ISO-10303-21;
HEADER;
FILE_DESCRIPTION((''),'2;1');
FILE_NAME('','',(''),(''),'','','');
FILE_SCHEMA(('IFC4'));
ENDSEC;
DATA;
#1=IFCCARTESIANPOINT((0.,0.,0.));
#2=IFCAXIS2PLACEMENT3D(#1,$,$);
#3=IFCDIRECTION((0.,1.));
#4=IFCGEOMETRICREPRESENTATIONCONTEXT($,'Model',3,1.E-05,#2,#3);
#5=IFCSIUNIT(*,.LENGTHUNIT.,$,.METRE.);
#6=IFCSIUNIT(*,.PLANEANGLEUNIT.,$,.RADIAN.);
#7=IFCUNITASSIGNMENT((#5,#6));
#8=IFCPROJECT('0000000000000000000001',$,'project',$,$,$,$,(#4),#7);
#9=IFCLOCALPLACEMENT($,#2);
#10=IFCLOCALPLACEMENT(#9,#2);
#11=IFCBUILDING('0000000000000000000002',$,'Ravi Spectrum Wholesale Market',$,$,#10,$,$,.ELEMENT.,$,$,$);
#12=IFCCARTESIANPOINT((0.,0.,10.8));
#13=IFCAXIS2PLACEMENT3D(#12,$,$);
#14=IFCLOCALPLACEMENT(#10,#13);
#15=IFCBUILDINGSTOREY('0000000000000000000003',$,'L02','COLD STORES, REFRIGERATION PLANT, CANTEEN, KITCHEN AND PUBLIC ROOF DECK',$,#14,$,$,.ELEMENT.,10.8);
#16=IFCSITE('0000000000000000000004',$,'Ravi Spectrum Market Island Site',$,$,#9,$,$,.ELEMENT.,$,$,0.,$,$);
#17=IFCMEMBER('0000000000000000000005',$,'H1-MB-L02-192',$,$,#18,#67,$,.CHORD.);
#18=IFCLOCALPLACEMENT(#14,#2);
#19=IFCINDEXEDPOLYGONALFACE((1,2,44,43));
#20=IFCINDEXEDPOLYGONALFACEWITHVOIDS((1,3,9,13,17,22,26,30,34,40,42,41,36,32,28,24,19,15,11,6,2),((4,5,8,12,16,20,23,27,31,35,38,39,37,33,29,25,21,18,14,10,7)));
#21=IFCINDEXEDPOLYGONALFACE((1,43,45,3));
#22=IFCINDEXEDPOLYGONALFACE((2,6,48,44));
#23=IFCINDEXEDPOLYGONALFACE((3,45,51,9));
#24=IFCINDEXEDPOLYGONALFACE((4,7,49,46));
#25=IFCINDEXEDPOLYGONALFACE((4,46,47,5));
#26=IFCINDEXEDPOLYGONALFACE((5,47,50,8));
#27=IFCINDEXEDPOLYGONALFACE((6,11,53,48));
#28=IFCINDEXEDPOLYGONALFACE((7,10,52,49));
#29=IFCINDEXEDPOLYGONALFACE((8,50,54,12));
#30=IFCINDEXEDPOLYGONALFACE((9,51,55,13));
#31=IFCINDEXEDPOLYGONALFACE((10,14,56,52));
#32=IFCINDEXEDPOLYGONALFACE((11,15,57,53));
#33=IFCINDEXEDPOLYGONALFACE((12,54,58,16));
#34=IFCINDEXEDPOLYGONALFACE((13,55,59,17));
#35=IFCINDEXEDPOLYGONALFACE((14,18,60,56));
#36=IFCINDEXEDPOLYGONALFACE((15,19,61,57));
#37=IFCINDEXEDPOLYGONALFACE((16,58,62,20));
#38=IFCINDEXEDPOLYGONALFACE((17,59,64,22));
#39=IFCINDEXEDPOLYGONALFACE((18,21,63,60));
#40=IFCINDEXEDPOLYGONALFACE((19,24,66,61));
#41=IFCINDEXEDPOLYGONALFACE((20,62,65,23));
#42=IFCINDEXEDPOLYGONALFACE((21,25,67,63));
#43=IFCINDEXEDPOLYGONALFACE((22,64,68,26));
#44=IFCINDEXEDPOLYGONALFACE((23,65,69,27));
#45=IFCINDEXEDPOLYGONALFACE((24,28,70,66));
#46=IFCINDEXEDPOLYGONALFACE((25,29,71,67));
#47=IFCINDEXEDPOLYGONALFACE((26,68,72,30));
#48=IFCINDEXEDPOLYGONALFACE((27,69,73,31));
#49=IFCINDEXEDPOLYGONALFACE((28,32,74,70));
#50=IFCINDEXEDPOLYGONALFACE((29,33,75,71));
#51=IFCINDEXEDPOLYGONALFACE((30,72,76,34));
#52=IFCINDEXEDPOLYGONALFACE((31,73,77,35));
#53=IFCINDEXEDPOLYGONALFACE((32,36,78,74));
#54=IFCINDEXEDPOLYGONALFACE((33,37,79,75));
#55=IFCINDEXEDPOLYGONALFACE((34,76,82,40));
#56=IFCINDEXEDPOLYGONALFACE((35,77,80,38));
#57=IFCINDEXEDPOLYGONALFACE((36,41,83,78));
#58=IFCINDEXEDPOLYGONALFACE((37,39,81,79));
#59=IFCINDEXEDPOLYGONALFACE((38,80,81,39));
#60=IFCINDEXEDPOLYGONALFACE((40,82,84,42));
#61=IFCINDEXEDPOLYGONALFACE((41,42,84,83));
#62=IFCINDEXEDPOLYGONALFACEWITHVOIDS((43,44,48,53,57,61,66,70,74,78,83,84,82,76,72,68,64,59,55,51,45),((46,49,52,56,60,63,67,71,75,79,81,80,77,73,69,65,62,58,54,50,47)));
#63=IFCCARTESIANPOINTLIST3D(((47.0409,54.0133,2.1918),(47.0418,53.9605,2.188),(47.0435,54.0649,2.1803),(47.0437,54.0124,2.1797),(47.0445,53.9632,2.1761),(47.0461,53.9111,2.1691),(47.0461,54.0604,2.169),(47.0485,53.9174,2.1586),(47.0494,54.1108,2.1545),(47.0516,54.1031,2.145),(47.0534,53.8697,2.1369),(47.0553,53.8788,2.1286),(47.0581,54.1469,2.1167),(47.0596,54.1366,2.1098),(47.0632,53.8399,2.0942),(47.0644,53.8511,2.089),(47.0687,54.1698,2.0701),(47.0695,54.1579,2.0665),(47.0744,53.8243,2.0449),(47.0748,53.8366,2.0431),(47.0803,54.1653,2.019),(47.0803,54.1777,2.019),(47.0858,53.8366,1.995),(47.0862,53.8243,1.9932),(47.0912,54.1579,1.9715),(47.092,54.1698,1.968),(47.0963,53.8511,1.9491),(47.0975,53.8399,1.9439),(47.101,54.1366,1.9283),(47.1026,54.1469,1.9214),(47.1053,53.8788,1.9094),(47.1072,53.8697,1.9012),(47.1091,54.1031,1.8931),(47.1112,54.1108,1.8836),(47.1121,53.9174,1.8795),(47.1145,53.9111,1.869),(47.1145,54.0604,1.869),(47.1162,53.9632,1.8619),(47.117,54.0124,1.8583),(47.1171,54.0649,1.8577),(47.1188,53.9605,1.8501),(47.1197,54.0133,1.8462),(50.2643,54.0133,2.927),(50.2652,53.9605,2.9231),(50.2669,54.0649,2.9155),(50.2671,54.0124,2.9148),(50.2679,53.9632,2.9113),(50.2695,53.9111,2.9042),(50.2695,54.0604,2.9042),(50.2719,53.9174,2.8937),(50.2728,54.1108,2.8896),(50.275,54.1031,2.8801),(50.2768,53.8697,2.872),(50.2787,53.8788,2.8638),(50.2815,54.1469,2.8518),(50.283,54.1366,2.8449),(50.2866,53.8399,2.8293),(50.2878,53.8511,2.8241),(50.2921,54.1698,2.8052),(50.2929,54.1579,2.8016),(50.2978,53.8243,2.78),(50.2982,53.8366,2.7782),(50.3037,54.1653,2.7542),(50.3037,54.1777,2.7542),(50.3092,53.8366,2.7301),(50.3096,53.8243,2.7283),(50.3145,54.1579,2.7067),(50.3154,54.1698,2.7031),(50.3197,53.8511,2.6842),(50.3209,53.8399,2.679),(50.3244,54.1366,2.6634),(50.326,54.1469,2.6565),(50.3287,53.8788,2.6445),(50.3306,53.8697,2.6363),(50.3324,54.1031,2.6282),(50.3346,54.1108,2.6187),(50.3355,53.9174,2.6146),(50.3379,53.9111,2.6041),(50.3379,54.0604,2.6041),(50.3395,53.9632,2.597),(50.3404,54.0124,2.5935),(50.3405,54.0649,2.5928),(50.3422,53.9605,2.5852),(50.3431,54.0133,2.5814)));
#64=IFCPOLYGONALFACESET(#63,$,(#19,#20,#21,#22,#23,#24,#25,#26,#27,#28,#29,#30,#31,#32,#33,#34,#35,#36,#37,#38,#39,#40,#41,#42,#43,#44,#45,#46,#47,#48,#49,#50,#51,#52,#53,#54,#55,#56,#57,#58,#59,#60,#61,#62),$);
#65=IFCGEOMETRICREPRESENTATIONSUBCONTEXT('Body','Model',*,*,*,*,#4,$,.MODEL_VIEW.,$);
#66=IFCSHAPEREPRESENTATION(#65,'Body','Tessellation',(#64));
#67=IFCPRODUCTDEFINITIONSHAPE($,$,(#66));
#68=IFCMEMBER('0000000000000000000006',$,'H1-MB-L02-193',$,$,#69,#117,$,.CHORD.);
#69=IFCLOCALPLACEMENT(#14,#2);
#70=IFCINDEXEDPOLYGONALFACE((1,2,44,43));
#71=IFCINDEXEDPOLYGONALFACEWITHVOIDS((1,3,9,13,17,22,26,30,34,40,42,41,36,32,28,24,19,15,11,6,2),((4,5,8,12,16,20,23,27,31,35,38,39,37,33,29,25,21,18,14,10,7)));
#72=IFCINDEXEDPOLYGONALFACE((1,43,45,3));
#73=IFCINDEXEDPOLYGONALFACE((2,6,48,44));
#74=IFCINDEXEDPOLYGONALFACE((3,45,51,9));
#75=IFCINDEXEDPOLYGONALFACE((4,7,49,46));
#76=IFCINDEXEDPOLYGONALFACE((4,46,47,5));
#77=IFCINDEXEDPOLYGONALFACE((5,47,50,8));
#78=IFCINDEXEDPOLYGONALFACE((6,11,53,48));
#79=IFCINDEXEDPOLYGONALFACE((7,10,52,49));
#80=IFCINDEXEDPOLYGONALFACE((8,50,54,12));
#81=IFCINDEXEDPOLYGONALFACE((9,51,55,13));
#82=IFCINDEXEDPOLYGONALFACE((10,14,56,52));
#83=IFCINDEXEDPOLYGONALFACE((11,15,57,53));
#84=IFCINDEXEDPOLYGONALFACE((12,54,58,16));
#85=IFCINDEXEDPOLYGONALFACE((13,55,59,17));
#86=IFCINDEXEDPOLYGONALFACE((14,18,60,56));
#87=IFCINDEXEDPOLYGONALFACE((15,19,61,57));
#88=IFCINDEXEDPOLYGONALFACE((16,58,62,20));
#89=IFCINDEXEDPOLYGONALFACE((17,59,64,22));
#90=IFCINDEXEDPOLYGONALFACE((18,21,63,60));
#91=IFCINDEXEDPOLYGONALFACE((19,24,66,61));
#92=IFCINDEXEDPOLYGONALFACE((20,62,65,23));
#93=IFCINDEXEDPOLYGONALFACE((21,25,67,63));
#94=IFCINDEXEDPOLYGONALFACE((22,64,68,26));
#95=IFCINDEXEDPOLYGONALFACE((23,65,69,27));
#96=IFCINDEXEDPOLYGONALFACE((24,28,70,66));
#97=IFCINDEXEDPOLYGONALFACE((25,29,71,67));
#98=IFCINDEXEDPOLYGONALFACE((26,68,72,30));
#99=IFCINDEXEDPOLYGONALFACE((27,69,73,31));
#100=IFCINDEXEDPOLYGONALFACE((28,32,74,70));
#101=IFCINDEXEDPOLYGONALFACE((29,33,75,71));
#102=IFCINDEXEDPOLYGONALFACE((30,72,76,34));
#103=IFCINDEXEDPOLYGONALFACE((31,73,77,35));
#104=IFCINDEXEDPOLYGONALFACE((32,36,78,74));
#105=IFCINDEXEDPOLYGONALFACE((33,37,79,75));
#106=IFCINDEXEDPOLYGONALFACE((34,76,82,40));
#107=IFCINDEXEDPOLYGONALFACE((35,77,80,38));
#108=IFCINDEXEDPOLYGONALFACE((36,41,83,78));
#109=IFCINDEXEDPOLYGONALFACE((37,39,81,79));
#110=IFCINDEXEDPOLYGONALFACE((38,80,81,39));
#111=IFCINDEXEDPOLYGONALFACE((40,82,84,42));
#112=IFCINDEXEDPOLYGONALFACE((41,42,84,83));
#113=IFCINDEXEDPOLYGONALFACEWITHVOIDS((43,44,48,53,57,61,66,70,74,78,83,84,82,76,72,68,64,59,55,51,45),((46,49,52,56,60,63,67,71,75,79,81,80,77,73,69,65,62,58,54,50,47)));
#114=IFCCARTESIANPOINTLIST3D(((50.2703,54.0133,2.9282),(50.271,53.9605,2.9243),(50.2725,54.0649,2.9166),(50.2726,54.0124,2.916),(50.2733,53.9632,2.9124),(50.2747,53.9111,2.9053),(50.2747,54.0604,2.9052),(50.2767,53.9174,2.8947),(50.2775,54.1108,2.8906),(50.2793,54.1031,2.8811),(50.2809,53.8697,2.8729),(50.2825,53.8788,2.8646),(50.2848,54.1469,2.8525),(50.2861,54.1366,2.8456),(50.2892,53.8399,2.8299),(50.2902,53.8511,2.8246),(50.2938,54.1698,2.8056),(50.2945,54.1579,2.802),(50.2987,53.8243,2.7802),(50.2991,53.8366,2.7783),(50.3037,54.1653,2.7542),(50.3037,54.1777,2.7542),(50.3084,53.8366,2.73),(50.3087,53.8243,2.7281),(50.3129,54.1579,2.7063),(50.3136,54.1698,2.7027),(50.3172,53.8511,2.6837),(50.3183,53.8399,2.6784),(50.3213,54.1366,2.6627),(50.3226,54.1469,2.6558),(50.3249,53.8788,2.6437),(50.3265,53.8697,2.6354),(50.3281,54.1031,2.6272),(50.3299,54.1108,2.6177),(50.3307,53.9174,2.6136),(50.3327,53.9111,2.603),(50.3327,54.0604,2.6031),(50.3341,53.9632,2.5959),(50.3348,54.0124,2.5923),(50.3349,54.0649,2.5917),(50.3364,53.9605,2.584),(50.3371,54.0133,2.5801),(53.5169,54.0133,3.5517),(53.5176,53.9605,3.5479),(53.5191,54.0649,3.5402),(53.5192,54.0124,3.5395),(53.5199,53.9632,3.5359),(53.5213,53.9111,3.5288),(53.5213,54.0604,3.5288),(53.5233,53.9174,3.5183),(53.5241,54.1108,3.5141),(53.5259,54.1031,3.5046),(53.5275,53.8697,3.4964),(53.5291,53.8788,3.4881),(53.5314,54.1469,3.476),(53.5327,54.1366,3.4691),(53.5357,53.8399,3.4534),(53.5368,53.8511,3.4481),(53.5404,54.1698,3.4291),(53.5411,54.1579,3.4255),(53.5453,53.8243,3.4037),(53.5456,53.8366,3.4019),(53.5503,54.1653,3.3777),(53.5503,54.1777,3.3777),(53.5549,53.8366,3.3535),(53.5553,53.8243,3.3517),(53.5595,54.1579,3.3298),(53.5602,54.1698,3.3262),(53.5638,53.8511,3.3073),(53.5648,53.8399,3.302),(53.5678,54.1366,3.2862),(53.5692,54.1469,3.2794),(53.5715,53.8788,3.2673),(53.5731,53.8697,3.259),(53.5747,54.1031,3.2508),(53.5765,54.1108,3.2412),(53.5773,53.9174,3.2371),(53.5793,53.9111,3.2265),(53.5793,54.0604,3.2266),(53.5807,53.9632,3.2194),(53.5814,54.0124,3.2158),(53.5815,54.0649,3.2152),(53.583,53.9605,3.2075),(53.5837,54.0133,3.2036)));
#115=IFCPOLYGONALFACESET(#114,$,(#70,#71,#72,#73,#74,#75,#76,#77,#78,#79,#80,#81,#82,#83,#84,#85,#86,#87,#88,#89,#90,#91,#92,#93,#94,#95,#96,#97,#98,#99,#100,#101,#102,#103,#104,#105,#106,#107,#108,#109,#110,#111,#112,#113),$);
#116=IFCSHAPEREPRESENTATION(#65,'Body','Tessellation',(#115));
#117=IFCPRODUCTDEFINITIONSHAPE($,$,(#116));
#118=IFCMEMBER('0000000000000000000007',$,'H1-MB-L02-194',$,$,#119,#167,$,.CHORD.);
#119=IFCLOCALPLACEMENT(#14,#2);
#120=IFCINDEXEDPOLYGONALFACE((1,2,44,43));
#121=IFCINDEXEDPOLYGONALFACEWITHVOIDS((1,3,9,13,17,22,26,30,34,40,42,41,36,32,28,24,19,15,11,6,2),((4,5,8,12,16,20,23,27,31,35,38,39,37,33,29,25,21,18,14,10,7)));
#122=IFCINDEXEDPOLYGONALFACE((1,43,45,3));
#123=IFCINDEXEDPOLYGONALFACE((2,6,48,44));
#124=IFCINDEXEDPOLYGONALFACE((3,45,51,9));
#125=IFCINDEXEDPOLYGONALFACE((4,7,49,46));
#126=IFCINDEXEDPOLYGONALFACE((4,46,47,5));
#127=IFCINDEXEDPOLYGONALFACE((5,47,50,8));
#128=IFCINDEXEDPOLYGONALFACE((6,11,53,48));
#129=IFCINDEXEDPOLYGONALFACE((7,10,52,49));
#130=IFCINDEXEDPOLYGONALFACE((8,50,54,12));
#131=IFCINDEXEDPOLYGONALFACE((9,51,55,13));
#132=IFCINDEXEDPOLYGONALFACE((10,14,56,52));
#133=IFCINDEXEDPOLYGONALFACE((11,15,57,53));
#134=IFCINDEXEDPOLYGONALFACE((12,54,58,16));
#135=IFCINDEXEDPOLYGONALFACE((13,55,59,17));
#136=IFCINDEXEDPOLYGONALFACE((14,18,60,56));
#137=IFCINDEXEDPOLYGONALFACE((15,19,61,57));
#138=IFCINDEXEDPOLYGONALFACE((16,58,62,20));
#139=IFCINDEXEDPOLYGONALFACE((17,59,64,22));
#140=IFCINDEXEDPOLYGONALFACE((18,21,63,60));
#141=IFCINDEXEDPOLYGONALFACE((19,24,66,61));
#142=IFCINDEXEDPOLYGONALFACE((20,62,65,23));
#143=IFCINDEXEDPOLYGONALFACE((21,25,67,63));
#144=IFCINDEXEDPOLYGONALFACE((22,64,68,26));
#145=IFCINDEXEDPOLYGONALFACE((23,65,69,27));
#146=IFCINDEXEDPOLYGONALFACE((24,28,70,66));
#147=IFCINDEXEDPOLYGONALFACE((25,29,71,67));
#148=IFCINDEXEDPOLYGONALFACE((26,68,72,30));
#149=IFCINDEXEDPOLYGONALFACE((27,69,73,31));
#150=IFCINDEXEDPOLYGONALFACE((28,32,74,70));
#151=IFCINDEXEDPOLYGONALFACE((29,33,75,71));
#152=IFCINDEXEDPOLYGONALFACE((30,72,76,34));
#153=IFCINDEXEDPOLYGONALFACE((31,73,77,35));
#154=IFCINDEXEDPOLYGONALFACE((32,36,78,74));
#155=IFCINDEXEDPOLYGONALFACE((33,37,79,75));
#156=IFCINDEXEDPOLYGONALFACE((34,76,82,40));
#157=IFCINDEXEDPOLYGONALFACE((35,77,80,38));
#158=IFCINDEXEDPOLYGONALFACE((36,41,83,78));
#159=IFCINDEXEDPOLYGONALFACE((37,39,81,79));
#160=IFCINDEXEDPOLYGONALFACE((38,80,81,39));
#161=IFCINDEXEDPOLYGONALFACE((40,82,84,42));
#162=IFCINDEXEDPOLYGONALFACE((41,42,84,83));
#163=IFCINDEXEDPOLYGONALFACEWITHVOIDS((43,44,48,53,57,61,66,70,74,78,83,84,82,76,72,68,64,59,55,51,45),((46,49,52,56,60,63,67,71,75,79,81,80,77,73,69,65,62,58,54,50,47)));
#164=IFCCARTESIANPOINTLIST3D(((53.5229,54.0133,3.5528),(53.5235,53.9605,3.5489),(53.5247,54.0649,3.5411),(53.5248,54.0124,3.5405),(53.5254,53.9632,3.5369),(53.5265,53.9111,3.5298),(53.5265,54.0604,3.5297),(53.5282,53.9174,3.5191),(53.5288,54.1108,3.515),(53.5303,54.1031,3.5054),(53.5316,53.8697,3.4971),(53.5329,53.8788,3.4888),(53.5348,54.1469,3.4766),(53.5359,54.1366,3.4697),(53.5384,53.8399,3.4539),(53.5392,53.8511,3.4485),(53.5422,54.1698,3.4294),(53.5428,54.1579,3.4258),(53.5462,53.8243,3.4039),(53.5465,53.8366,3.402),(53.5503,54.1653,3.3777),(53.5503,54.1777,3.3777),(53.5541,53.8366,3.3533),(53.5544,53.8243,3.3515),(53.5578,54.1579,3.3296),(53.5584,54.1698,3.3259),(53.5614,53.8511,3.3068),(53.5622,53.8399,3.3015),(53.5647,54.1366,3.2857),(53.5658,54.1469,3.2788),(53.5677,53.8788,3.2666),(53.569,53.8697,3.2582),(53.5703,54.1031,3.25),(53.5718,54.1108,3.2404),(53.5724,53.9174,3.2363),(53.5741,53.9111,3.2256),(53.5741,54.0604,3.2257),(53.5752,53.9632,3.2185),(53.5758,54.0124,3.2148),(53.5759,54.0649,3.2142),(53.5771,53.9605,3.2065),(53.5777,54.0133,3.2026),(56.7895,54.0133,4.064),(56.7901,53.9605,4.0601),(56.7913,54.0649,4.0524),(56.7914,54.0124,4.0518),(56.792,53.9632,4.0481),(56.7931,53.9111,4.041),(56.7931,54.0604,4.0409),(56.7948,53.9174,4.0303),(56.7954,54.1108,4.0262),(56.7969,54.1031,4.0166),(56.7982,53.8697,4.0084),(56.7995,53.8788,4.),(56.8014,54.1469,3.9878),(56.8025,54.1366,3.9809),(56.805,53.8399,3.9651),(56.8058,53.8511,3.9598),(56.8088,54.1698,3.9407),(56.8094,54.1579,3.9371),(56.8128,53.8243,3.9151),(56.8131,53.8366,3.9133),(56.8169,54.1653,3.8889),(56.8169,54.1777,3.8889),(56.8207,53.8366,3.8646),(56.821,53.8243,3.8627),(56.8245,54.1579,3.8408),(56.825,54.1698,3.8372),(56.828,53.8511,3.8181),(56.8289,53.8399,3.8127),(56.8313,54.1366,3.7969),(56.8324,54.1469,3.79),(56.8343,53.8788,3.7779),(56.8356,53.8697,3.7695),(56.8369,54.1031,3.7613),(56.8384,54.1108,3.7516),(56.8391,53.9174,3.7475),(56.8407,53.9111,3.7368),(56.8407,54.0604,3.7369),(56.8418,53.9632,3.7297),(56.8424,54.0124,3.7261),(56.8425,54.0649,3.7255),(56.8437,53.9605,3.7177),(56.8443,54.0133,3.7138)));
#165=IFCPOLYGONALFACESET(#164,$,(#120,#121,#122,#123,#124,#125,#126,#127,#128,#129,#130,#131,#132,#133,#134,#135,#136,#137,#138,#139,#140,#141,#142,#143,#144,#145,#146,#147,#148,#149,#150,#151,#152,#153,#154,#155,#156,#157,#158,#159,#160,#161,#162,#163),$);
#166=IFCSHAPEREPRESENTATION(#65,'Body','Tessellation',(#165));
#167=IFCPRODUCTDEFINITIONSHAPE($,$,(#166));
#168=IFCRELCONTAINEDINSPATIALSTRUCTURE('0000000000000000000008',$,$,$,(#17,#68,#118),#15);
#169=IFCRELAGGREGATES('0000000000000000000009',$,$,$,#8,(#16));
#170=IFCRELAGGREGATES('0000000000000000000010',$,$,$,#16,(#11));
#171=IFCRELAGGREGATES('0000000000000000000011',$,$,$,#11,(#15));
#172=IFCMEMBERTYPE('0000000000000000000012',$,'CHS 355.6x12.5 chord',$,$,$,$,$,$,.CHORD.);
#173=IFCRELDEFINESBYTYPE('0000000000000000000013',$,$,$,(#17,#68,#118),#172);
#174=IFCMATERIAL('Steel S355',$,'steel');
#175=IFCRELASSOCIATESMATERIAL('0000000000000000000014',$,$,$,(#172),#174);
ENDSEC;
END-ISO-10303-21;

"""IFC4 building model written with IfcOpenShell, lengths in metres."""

from ifc_helpers import new_model, si_unit, direction, frame, origin, origin_2d, place, context, subcontext, project, spatial, hollow_circle, extrude, material, material_profile, profile_set, type_object, element, save


model = new_model("IFC4")

# Units and contexts
model_context = context("Model", 3, precision=1e-05, world=origin(), true_north=direction((0.0, 1.0)))
body_context = subcontext(model_context, "Body", "Model", "MODEL_VIEW")
ifc_project = project(units=[si_unit("LENGTHUNIT", "METRE"), si_unit("PLANEANGLEUNIT", "RADIAN")], contexts=[model_context])

# Site, building, storey
site_placement = place(None, origin())
site = spatial("IfcSite", under=ifc_project, at=site_placement, Name="Ravi Spectrum Market Island Site", CompositionType="ELEMENT", RefElevation=0.0)
building_placement = place(site_placement, origin())
building = spatial("IfcBuilding", under=site, at=building_placement, Name="Ravi Spectrum Wholesale Market", CompositionType="ELEMENT")
storey_placement = place(building_placement, frame((0.0, 0.0, 10.8)))
storey = spatial("IfcBuildingStorey", under=building, at=storey_placement, Name="L02", Description="COLD STORES, REFRIGERATION PLANT, CANTEEN, KITCHEN AND PUBLIC ROOF DECK", CompositionType="ELEMENT", Elevation=10.8)

# Members
ifc_material_1 = material(Name="Steel S355", Category="steel")
ifc_material_profile_1 = material_profile(ifc_material_1, hollow_circle(Radius=0.1777, WallThickness=0.0125, at=origin_2d()))
ifc_profile_set_1 = profile_set([ifc_material_profile_1], Name="Steel S355")
member_type_1 = type_object("IfcMemberType", Name="CHS 355.6x12.5 chord", PredefinedType="CHORD", material=ifc_profile_set_1)
for number, where, z_axis, x_axis, name in (
    (1, (47.0803, 54.0, 2.019), (0.974968, 0.0, 0.222346), (0.0, 1.0, 0.0), "H1-MB-L02-192"),
):
    element("IfcMember", number, at=place(storey_placement, frame(where, z_axis=z_axis, x_axis=x_axis)), inside=storey, type_object=member_type_1, Name=name, PredefinedType="CHORD", context=body_context, shape_type="SweptSolid", body=[
        extrude(hollow_circle(Radius=0.1777, WallThickness=0.0125, at=origin_2d()), origin(), (0.0, 0.0, 1.0), 3.3062),
    ])
member_1_placement = place(storey_placement, frame((50.3037, 54.0, 2.7542), z_axis=(0.982052, 0.0, 0.188612), x_axis=(0.0, 1.0, 0.0)))
element("IfcMember", 2, at=member_1_placement, inside=storey, type_object=member_type_1, Name="H1-MB-L02-193", PredefinedType="CHORD", context=body_context, shape_type="SweptSolid", body=[
    extrude(hollow_circle(Radius=0.1777, WallThickness=0.0125, at=origin_2d()), origin(), (0.0, 0.0, 1.0), 3.3059),
])
member_2_placement = place(storey_placement, frame((53.5503, 54.0, 3.3777), z_axis=(0.987974, 0.0, 0.15462), x_axis=(0.0, 1.0, 0.0)))
element("IfcMember", 3, at=member_2_placement, inside=storey, type_object=member_type_1, Name="H1-MB-L02-194", PredefinedType="CHORD", context=body_context, shape_type="SweptSolid", body=[
    extrude(hollow_circle(Radius=0.1777, WallThickness=0.0125, at=origin_2d()), origin(), (0.0, 0.0, 1.0), 3.3064),
])

save(model, "model.ifc")
